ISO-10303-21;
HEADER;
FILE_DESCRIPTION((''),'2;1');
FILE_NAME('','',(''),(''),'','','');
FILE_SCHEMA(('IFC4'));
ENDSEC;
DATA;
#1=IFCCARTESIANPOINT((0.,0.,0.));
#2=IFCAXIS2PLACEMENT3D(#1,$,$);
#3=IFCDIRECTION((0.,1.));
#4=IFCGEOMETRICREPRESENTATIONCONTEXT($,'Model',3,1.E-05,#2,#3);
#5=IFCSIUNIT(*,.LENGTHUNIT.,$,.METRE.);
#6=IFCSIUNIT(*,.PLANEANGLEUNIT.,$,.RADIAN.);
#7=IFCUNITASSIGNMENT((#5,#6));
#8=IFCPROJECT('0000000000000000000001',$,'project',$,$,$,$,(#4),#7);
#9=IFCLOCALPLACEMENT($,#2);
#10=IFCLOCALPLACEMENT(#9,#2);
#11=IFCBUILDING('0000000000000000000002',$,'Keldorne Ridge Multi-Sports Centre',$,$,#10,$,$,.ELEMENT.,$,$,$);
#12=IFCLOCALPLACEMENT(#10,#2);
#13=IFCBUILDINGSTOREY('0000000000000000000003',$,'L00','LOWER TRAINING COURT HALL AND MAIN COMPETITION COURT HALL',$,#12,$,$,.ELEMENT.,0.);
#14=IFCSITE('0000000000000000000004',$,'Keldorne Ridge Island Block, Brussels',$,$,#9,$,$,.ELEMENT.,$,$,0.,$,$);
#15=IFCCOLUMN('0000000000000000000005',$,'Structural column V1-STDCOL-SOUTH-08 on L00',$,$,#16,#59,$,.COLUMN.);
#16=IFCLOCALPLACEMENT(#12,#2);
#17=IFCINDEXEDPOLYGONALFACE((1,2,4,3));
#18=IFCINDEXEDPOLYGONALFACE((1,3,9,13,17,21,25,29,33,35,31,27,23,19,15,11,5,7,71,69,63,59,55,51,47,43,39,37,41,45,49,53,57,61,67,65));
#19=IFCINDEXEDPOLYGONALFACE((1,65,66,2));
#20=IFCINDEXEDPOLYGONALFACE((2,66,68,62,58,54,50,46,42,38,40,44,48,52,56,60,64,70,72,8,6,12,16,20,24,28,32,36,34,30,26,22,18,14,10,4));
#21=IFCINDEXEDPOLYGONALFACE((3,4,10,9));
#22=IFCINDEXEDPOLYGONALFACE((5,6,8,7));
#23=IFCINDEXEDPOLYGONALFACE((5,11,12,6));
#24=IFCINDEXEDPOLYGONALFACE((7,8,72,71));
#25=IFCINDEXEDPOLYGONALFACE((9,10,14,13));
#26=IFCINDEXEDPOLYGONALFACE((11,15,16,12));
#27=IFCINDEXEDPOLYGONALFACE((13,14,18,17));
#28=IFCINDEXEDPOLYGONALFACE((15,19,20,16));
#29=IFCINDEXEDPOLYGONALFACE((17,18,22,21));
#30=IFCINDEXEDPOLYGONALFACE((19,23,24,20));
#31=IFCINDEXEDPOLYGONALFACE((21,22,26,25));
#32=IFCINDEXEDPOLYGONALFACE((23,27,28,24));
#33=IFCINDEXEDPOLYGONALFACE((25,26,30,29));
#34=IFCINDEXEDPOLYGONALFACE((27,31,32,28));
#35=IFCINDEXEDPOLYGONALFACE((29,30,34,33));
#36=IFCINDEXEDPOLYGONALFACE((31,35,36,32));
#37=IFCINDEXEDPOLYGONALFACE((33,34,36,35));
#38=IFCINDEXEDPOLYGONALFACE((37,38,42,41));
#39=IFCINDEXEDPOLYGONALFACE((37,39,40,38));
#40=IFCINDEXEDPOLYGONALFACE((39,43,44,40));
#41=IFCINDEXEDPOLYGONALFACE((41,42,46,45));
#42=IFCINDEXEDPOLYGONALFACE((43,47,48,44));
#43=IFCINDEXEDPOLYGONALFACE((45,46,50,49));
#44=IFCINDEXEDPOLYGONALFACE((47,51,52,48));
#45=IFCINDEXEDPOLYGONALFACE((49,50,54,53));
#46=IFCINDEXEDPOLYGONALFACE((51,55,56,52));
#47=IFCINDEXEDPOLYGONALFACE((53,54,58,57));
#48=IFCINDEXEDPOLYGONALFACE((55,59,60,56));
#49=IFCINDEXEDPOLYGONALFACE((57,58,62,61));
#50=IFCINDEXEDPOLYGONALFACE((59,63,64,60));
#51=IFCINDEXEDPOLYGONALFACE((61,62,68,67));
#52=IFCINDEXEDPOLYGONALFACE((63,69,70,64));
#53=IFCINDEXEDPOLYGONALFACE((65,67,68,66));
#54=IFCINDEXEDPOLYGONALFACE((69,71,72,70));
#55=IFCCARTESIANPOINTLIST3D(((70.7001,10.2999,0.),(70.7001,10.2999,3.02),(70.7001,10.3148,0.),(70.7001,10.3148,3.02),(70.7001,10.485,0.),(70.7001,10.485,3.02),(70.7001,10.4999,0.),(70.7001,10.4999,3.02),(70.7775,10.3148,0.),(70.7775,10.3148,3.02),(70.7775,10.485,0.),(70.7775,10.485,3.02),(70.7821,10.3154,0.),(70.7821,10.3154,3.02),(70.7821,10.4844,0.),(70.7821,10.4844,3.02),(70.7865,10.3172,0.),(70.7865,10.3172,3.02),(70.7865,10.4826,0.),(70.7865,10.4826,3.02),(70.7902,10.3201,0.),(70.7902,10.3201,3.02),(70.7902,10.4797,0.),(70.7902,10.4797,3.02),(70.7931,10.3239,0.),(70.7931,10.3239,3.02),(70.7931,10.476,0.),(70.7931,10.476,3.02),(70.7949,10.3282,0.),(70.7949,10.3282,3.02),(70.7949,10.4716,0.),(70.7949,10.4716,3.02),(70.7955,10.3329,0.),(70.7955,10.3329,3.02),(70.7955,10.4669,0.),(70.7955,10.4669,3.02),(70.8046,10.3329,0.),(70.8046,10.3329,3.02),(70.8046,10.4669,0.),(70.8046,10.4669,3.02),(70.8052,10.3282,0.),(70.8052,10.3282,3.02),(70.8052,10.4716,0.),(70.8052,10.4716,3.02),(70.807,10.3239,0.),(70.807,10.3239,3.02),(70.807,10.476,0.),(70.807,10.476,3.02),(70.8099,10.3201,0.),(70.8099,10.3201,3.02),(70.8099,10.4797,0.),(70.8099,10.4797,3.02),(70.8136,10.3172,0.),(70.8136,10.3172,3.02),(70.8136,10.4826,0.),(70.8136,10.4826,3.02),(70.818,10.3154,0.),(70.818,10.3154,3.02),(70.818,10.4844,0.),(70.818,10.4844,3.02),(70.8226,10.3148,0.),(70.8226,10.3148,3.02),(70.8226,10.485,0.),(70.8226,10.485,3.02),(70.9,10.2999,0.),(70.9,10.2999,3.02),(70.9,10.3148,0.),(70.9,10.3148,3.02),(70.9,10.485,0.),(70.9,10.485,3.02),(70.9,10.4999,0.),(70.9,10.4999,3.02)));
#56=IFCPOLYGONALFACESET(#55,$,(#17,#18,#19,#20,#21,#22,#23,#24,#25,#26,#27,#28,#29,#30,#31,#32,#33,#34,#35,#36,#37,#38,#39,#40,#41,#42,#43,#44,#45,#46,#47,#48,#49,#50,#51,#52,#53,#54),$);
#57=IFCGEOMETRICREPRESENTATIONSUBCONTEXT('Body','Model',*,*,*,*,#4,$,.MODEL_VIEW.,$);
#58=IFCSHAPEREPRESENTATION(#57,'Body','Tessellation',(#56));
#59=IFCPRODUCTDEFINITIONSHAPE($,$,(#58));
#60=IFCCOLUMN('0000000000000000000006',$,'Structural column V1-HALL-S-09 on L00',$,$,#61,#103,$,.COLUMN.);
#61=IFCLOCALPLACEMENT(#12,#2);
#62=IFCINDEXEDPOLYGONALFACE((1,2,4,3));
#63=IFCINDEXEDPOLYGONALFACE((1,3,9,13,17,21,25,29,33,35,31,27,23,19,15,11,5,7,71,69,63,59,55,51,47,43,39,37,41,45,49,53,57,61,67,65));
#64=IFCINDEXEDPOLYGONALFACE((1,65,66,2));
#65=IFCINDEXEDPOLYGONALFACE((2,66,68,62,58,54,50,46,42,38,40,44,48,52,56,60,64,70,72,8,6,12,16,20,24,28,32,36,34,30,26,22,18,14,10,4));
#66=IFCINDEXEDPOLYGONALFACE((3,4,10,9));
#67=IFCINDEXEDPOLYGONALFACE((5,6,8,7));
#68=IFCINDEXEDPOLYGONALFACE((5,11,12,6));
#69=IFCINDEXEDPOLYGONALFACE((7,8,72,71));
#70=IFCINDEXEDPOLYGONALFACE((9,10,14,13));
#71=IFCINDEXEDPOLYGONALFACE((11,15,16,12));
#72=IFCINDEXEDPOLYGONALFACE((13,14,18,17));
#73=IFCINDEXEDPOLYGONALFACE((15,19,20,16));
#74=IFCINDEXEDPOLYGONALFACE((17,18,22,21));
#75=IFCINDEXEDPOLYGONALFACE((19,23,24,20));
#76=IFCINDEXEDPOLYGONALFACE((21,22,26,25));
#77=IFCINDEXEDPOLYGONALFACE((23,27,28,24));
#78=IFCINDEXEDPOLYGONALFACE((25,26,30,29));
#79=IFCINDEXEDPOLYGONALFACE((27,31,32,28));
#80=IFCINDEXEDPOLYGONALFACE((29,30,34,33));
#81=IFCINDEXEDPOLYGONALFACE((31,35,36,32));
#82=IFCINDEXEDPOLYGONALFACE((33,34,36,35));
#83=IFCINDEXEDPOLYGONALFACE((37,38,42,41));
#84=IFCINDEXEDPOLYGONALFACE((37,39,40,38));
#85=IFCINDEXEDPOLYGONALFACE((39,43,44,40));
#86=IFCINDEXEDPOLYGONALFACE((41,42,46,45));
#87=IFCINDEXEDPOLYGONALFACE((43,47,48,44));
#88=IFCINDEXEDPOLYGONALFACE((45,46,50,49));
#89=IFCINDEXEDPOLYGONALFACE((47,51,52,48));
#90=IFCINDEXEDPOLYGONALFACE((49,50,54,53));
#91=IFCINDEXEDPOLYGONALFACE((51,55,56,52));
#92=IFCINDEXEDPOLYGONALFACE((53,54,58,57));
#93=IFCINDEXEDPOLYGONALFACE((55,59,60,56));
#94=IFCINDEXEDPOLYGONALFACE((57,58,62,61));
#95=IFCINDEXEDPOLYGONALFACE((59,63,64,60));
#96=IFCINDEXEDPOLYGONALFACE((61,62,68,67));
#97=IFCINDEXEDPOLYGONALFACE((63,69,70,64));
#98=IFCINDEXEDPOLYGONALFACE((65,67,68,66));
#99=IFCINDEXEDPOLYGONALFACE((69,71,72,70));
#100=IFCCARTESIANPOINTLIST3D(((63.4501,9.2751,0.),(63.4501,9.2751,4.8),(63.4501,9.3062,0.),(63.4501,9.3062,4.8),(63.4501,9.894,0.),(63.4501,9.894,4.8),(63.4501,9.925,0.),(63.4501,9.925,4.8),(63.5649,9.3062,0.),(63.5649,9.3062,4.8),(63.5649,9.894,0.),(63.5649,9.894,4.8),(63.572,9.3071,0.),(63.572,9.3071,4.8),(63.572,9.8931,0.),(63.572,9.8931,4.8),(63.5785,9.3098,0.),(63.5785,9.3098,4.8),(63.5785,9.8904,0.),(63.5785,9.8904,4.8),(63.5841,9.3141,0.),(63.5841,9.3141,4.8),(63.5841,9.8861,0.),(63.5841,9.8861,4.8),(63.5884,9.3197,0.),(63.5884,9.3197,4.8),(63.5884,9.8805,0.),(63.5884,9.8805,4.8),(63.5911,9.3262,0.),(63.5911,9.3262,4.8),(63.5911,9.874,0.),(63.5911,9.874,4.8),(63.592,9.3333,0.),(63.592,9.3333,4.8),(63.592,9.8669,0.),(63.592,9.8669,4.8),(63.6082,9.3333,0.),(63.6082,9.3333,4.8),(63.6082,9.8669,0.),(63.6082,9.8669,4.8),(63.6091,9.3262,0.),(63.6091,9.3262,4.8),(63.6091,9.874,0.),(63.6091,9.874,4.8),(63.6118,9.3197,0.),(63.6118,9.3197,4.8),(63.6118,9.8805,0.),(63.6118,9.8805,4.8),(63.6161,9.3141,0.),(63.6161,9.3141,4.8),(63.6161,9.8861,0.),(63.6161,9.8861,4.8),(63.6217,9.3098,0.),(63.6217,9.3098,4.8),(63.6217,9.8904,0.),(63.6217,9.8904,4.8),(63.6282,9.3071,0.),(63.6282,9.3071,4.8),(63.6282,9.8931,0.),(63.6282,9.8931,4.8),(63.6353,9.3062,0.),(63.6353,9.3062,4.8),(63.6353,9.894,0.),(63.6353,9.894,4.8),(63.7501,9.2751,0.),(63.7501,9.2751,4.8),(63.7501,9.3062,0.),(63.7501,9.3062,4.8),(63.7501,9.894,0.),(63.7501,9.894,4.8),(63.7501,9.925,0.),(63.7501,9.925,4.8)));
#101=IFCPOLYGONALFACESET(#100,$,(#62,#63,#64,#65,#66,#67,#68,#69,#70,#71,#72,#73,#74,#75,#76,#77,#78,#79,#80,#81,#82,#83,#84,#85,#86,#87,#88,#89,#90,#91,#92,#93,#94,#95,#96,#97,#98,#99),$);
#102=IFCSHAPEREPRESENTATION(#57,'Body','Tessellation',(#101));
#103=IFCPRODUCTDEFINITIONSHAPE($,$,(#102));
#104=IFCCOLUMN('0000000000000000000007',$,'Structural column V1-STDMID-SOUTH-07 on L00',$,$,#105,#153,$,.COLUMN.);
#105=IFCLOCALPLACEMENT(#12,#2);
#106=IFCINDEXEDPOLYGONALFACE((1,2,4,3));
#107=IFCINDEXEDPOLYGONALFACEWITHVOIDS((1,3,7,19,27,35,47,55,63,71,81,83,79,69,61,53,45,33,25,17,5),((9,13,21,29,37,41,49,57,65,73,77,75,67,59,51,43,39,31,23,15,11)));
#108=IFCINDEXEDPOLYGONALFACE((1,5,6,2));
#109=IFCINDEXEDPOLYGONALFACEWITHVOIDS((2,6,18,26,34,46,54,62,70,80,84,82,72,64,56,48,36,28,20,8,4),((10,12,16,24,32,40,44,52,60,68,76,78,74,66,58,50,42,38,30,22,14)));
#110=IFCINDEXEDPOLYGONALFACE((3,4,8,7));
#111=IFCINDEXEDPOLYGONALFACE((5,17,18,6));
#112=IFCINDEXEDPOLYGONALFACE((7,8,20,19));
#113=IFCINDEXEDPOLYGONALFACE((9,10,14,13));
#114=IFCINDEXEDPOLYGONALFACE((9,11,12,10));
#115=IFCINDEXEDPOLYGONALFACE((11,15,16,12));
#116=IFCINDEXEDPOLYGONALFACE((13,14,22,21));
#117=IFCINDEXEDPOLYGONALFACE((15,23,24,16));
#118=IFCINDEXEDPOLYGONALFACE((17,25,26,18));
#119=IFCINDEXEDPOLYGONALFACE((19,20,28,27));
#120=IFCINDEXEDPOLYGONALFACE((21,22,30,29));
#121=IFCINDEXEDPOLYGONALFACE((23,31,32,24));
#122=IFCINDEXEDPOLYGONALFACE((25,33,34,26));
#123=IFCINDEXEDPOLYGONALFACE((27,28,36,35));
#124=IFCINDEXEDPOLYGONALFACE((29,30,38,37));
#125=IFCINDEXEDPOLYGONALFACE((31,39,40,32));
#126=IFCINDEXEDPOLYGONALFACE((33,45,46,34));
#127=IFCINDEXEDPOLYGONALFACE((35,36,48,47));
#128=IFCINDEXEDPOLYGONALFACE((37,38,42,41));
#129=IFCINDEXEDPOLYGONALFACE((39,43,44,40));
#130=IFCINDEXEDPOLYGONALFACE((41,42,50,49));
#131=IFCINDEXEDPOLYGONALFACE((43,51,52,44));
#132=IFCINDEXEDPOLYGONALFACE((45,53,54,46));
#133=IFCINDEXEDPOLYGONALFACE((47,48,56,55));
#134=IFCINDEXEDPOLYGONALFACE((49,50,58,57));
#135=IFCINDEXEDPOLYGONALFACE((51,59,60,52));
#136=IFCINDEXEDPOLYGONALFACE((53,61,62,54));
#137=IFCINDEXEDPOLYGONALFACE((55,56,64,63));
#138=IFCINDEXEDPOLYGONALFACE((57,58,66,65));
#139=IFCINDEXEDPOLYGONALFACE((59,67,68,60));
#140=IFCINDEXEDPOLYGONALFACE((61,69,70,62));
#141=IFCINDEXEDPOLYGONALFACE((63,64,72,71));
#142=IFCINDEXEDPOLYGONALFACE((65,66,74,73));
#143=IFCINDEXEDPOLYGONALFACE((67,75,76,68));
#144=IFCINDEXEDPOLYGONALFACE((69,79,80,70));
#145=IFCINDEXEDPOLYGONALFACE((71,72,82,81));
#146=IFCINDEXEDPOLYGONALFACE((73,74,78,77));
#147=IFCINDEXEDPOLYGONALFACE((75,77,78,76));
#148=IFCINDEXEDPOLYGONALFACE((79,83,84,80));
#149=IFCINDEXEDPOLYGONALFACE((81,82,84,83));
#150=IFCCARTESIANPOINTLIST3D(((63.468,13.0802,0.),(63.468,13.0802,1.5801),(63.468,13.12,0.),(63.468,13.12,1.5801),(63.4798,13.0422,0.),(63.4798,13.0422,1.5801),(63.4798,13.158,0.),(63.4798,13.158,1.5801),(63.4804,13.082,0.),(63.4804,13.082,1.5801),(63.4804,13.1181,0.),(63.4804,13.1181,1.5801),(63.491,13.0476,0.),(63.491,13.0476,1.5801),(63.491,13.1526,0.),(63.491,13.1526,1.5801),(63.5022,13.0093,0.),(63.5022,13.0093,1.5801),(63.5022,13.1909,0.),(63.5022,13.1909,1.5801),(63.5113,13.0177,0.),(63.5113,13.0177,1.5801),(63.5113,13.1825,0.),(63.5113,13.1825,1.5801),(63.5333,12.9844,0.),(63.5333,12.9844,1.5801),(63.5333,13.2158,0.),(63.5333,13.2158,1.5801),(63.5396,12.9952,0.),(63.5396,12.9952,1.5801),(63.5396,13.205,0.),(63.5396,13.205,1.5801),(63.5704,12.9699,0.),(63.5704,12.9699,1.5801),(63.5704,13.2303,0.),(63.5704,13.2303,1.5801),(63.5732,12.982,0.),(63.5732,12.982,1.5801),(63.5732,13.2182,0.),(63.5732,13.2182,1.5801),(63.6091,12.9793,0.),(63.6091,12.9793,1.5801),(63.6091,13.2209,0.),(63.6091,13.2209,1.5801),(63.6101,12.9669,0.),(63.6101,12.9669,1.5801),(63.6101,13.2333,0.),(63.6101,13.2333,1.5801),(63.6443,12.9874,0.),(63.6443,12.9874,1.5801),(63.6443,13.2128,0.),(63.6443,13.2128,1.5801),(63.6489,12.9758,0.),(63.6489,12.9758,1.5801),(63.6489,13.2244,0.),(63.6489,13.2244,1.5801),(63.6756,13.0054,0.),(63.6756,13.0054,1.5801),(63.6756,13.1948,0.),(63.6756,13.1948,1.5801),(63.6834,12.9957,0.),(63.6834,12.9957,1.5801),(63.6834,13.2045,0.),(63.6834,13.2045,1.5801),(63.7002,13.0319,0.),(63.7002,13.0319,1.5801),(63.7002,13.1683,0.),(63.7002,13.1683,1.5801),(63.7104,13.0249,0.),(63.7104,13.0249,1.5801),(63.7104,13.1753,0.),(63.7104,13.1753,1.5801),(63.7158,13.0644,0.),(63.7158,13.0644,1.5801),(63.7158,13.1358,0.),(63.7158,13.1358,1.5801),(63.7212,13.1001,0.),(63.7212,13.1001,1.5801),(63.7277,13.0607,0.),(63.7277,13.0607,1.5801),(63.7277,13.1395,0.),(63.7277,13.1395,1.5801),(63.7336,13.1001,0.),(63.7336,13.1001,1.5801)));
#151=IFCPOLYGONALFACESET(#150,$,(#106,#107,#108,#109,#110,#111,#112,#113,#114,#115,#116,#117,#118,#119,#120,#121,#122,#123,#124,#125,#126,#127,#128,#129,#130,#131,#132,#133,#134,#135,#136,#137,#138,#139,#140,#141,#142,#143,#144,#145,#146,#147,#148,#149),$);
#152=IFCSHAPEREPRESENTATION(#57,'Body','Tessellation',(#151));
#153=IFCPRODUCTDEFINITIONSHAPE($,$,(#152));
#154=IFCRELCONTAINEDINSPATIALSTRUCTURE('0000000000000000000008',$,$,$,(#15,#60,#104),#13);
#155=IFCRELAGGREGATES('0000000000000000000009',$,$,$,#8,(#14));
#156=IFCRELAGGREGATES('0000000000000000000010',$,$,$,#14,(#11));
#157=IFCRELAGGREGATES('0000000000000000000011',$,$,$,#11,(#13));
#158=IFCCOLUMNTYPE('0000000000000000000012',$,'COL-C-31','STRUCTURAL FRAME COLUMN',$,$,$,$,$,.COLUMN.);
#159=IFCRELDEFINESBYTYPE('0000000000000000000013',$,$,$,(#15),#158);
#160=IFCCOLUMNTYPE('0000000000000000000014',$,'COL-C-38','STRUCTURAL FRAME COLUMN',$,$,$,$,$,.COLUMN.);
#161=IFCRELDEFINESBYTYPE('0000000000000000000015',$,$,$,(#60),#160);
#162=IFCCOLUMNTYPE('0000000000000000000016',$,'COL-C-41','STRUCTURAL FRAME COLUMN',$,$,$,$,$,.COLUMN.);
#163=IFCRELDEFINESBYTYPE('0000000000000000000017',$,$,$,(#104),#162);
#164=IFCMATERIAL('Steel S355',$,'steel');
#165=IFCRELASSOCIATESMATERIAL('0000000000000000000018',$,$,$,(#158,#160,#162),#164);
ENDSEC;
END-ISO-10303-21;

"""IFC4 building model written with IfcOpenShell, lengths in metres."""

from ifc_helpers import new_model, si_unit, direction, frame, origin, origin_2d, place, context, subcontext, project, spatial, hollow_circle, i_section, extrude, material, material_profile, profile_set, type_object, element, save


model = new_model("IFC4")

# Units and contexts
model_context = context("Model", 3, precision=1e-05, world=origin(), true_north=direction((0.0, 1.0)))
body_context = subcontext(model_context, "Body", "Model", "MODEL_VIEW")
ifc_project = project(units=[si_unit("LENGTHUNIT", "METRE"), si_unit("PLANEANGLEUNIT", "RADIAN")], contexts=[model_context])

# Site, building, storey
site_placement = place(None, origin())
site = spatial("IfcSite", under=ifc_project, at=site_placement, Name="Keldorne Ridge Island Block, Brussels", CompositionType="ELEMENT", RefElevation=0.0)
building_placement = place(site_placement, origin())
building = spatial("IfcBuilding", under=site, at=building_placement, Name="Keldorne Ridge Multi-Sports Centre", CompositionType="ELEMENT")
storey_placement = place(building_placement, origin())
storey = spatial("IfcBuildingStorey", under=building, at=storey_placement, Name="L00", Description="LOWER TRAINING COURT HALL AND MAIN COMPETITION COURT HALL", CompositionType="ELEMENT", Elevation=0.0)

# Columns
ifc_material_1 = material(Name="Steel S355", Category="steel")
ifc_material_profile_1 = material_profile(ifc_material_1, i_section(OverallWidth=0.2, OverallDepth=0.2, WebThickness=0.009, FlangeThickness=0.0149, FilletRadius=0.0181, at=origin_2d()), Name="HEB 200")
ifc_profile_set_1 = profile_set([ifc_material_profile_1], Name="Steel S355")
column_type_1 = type_object("IfcColumnType", Name="COL-C-31", Description="STRUCTURAL FRAME COLUMN", PredefinedType="COLUMN", material=ifc_profile_set_1)
column_1_placement = place(storey_placement, frame((70.8, 10.3999, 0.0), z_axis=(0.0, 0.0, 1.0), x_axis=(1.0, 0.0, 0.0)))
element("IfcColumn", 1, at=column_1_placement, inside=storey, type_object=column_type_1, Name="Structural column V1-STDCOL-SOUTH-08 on L00", PredefinedType="COLUMN", context=body_context, shape_type="SweptSolid", body=[
    extrude(i_section(OverallWidth=0.2, OverallDepth=0.2, WebThickness=0.009, FlangeThickness=0.0149, FilletRadius=0.0181, at=origin_2d()), origin(), (0.0, 0.0, 1.0), 3.02),
])
ifc_material_profile_2 = material_profile(ifc_material_1, i_section(OverallWidth=0.3, OverallDepth=0.6499, WebThickness=0.0161, FlangeThickness=0.031, FilletRadius=0.0271, at=origin_2d()), Name="HEB 650")
ifc_profile_set_2 = profile_set([ifc_material_profile_2], Name="Steel S355")
column_type_2 = type_object("IfcColumnType", Name="COL-C-38", Description="STRUCTURAL FRAME COLUMN", PredefinedType="COLUMN", material=ifc_profile_set_2)
column_2_placement = place(storey_placement, frame((63.6001, 9.6001, 0.0), z_axis=(0.0, 0.0, 1.0), x_axis=(1.0, 0.0, 0.0)))
element("IfcColumn", 2, at=column_2_placement, inside=storey, type_object=column_type_2, Name="Structural column V1-HALL-S-09 on L00", PredefinedType="COLUMN", context=body_context, shape_type="SweptSolid", body=[
    extrude(i_section(OverallWidth=0.3, OverallDepth=0.6499, WebThickness=0.0161, FlangeThickness=0.031, FilletRadius=0.0271, at=origin_2d()), origin(), (0.0, 0.0, 1.0), 4.8),
])
ifc_material_profile_3 = material_profile(ifc_material_1, hollow_circle(Radius=0.1335, WallThickness=0.0125, at=origin_2d()), Name="CHS 267x12.5")
ifc_profile_set_3 = profile_set([ifc_material_profile_3], Name="Steel S355")
column_type_3 = type_object("IfcColumnType", Name="COL-C-41", Description="STRUCTURAL FRAME COLUMN", PredefinedType="COLUMN", material=ifc_profile_set_3)
for number, where, z_axis, x_axis, name in (
    (3, (63.6001, 13.1001, 0.0), (0.0, 0.0, 1.0), (1.0, 0.0, 0.0), "Structural column V1-STDMID-SOUTH-07 on L00"),
):
    element("IfcColumn", number, at=place(storey_placement, frame(where, z_axis=z_axis, x_axis=x_axis)), inside=storey, type_object=column_type_3, Name=name, PredefinedType="COLUMN", context=body_context, shape_type="SweptSolid", body=[
        extrude(hollow_circle(Radius=0.1335, WallThickness=0.0125, at=origin_2d()), origin(), (0.0, 0.0, 1.0), 1.5801),
    ])

save(model, "model.ifc")
